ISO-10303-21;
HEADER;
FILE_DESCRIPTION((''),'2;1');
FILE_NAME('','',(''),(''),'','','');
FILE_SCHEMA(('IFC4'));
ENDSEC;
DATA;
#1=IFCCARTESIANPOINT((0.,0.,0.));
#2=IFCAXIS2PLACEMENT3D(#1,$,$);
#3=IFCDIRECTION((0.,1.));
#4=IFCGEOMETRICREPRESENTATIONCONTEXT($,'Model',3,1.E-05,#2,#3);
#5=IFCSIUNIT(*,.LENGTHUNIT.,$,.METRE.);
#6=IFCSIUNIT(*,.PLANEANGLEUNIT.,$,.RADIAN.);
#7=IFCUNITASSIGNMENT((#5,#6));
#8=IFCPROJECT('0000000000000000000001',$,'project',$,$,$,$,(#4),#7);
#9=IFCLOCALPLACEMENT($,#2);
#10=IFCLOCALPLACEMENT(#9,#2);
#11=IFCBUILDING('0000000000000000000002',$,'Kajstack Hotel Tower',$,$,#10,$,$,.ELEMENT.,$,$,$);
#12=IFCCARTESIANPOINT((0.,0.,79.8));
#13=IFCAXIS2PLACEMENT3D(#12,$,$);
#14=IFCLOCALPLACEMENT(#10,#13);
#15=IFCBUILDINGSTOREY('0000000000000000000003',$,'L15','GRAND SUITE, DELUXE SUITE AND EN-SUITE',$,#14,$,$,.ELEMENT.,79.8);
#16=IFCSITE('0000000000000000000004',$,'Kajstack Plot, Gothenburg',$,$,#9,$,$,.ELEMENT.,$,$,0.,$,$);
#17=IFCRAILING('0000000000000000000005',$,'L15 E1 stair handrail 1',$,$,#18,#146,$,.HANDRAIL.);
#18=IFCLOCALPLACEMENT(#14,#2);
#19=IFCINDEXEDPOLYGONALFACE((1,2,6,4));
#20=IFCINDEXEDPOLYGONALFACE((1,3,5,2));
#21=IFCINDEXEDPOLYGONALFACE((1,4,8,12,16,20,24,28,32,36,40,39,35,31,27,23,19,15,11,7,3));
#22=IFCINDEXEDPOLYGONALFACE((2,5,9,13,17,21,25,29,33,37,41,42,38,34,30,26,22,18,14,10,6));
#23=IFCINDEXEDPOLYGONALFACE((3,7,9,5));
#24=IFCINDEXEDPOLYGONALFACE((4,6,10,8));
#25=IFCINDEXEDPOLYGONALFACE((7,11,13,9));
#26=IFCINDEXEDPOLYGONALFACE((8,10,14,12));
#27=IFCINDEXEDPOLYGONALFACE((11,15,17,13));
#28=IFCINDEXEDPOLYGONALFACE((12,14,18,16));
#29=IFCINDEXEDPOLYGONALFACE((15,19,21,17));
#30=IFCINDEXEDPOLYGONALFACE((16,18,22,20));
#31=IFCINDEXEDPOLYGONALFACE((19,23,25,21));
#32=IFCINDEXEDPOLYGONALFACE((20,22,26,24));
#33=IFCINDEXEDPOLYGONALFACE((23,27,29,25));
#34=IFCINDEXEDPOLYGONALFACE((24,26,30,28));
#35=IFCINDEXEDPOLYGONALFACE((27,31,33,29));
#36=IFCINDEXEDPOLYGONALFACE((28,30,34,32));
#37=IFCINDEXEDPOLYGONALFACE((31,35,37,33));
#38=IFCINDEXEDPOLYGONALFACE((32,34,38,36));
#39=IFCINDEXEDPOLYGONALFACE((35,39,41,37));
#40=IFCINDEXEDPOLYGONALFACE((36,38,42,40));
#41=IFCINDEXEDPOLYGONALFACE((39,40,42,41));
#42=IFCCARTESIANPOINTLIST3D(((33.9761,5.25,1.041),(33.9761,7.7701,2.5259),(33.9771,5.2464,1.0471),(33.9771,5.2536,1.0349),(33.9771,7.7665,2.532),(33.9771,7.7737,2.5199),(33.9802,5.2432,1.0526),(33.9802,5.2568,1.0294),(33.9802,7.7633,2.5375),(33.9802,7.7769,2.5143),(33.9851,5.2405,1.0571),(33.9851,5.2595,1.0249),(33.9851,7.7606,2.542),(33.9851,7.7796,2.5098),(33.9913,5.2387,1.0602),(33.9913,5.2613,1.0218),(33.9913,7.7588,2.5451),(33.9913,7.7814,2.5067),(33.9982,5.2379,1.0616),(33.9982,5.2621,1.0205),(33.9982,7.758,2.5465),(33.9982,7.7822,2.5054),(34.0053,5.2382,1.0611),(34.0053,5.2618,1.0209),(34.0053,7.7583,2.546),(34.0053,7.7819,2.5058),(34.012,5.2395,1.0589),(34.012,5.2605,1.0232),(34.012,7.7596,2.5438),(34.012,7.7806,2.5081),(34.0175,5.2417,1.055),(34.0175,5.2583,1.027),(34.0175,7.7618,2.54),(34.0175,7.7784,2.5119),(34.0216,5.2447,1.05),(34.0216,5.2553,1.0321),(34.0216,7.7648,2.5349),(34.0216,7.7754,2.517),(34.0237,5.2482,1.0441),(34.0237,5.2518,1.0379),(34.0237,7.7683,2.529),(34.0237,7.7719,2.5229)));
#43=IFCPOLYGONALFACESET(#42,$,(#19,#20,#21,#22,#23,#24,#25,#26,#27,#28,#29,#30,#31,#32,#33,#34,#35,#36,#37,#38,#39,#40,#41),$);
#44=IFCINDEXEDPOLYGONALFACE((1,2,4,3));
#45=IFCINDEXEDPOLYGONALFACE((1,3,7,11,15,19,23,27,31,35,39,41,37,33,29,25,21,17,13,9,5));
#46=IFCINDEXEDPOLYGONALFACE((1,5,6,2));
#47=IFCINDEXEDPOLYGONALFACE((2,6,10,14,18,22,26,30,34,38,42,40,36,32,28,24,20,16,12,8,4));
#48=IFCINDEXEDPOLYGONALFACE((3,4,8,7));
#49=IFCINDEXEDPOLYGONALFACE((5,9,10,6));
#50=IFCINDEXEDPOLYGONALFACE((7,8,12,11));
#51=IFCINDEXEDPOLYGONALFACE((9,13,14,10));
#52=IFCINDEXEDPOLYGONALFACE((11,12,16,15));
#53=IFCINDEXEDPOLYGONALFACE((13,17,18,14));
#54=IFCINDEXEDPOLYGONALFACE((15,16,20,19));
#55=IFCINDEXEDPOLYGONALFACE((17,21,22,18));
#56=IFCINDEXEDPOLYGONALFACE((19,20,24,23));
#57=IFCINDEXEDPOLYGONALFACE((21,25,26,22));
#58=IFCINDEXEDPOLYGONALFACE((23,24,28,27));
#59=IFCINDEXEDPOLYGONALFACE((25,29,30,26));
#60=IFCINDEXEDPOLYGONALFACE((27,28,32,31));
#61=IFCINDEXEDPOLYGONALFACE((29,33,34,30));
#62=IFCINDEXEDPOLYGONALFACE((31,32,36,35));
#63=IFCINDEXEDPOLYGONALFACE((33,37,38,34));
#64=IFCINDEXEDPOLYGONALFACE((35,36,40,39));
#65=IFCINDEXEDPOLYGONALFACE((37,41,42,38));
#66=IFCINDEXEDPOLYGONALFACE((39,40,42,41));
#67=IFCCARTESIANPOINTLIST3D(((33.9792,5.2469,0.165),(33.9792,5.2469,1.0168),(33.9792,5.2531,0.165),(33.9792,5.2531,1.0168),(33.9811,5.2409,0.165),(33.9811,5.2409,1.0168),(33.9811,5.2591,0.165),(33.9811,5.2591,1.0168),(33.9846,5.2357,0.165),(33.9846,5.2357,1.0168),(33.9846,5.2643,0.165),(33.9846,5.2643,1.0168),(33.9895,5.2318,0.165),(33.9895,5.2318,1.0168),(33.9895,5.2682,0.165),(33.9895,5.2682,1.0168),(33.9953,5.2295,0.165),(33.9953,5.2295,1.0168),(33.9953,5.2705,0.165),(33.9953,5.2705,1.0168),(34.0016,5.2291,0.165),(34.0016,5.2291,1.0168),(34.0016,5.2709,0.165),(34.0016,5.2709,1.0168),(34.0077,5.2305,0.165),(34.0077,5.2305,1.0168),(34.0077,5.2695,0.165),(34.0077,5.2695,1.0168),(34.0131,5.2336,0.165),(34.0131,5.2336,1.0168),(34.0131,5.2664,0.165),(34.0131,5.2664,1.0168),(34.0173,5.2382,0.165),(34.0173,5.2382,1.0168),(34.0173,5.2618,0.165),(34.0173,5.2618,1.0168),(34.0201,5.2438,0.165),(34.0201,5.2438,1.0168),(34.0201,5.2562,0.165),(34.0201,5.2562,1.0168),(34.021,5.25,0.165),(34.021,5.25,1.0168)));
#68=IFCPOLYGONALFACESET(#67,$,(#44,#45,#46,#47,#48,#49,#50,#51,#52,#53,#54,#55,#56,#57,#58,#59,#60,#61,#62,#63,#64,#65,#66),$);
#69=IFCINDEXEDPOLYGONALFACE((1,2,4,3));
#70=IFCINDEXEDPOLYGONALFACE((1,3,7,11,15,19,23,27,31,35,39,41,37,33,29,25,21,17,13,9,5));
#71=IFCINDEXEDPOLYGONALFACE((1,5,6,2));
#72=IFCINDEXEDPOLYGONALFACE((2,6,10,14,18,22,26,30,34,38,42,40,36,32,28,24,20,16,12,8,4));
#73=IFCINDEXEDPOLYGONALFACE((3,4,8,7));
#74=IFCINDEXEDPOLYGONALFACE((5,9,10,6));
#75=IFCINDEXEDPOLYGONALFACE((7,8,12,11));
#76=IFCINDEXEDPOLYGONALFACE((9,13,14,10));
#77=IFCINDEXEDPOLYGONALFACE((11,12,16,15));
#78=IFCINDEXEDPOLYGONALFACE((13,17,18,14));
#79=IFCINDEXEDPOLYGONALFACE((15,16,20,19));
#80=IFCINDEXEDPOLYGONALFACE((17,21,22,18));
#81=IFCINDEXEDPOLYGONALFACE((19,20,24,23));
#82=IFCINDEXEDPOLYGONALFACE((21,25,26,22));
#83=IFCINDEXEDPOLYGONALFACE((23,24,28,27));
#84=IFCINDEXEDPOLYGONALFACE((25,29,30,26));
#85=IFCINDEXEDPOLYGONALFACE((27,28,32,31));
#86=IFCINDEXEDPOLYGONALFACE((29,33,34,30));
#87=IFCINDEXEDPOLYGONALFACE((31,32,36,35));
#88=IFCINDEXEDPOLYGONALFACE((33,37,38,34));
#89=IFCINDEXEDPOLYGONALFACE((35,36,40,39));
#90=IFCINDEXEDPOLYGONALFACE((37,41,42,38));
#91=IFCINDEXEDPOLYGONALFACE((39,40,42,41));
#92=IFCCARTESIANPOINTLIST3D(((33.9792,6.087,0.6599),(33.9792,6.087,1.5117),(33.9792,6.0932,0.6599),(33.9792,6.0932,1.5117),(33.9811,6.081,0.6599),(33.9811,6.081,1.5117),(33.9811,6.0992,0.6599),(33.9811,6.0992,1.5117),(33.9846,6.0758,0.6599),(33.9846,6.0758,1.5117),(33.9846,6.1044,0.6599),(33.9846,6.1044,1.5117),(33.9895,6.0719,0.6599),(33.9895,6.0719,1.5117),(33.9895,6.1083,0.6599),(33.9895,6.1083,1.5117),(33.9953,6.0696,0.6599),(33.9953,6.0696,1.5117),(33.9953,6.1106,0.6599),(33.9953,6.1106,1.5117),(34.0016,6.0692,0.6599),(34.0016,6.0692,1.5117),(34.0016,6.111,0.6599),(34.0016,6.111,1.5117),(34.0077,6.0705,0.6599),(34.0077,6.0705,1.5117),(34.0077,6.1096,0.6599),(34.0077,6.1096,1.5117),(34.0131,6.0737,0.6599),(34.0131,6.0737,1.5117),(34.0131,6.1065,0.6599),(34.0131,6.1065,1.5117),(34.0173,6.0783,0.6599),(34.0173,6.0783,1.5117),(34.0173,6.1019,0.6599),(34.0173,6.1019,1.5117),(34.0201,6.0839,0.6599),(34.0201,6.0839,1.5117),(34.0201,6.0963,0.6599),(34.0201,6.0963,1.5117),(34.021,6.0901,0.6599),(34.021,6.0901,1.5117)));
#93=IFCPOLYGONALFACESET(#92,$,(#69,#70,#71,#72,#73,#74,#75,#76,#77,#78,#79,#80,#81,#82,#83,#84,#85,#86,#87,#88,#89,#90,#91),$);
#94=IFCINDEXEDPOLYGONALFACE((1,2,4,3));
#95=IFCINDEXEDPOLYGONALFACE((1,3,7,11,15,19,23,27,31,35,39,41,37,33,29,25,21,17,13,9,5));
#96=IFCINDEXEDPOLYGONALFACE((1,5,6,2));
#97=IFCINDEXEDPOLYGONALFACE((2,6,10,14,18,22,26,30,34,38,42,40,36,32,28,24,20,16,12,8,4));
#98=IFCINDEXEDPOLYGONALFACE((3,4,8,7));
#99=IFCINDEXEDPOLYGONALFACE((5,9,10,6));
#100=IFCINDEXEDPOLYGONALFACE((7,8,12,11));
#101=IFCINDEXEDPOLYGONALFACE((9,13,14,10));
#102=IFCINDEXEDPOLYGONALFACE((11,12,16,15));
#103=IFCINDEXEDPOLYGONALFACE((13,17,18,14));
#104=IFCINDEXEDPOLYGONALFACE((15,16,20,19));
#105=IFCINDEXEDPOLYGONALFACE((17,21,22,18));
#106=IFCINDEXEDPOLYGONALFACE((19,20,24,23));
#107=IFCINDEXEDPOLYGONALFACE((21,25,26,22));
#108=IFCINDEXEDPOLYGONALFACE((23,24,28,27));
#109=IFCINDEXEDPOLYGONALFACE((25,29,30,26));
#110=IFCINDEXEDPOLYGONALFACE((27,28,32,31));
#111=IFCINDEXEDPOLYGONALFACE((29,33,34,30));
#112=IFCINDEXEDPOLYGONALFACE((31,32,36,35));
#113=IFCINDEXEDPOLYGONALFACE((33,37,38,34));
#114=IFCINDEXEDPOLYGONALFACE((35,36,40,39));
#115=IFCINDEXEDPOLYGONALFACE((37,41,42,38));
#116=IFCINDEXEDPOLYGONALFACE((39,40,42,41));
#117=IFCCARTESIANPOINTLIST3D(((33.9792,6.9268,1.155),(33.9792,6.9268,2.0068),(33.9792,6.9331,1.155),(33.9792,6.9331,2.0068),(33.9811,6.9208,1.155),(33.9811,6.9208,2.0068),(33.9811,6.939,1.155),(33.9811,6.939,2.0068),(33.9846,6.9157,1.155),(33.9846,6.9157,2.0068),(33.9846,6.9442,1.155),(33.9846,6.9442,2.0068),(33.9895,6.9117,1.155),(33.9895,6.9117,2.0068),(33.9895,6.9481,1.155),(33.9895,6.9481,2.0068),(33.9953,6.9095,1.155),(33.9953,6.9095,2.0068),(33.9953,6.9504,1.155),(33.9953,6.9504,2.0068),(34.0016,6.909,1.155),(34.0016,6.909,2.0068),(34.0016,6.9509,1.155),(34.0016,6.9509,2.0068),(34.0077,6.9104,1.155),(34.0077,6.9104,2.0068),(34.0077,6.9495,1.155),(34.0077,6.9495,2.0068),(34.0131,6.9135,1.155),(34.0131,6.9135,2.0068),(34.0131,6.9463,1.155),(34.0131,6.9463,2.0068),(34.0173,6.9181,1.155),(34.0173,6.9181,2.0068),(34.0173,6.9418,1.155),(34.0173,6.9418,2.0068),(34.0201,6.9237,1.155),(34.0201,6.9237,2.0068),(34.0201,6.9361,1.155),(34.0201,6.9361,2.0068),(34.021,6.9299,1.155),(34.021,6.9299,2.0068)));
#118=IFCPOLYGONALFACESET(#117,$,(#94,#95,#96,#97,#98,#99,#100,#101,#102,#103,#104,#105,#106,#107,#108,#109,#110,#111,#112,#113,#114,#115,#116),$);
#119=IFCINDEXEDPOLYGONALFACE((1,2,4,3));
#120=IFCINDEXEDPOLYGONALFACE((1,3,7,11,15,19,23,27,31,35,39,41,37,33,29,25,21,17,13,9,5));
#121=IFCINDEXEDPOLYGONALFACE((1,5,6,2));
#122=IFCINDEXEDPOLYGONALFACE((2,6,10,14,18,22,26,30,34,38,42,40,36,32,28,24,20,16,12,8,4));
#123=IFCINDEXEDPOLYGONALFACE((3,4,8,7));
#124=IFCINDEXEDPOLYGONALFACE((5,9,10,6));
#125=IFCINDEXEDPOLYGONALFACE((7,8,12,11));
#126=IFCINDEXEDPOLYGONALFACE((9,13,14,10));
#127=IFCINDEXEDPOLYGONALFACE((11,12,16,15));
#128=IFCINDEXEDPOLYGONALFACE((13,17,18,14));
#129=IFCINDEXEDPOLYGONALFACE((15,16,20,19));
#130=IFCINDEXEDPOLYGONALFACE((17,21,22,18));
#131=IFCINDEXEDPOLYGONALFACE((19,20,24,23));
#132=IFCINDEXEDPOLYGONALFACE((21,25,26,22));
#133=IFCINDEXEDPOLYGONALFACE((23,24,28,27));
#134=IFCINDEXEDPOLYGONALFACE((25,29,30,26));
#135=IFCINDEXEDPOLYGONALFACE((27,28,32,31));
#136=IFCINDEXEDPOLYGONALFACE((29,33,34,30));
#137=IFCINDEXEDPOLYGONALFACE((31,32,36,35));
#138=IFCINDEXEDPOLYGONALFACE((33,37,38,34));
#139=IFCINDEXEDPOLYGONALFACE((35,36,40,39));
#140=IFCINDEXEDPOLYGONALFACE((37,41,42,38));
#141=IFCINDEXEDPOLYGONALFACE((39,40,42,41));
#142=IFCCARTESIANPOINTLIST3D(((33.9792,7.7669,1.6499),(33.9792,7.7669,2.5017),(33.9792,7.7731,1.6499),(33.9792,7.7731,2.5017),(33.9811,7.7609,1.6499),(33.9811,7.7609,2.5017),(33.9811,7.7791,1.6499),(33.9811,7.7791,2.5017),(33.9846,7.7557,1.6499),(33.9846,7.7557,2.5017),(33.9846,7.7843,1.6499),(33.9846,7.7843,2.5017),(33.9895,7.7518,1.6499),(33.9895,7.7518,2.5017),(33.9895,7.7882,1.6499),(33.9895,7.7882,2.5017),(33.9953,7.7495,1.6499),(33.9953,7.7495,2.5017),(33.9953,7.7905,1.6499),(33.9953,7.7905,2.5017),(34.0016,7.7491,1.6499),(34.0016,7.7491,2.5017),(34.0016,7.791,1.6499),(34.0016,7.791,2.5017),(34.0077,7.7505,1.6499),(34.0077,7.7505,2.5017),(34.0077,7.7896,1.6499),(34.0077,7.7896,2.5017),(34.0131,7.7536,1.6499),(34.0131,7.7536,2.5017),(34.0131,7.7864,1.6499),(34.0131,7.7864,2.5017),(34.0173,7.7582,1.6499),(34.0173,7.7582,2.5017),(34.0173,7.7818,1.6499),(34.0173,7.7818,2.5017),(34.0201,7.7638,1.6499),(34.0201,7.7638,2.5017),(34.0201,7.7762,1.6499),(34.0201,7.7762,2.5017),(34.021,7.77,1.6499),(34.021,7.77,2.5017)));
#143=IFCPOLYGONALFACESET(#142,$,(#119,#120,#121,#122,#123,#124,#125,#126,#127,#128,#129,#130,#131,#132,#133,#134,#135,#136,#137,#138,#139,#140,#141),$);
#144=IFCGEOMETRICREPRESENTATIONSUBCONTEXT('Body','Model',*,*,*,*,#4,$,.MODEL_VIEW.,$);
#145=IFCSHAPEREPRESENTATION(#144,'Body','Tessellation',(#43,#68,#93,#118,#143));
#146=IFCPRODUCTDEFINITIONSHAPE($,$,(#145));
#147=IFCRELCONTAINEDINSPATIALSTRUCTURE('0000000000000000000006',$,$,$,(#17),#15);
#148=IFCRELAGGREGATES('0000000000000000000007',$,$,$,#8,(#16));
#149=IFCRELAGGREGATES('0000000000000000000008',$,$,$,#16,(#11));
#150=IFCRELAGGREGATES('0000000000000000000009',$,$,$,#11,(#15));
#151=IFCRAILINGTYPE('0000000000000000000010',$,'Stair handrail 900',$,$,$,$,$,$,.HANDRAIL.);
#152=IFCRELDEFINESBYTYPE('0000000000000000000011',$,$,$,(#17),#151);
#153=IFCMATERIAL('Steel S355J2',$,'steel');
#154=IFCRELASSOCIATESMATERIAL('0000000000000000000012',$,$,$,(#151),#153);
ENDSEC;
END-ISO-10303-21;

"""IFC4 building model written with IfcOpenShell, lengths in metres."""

from ifc_helpers import new_model, si_unit, direction, frame, origin, origin_2d, place, context, subcontext, project, spatial, circle, extrude, material, type_object, element, save


model = new_model("IFC4")

# Units and contexts
model_context = context("Model", 3, precision=1e-05, world=origin(), true_north=direction((0.0, 1.0)))
body_context = subcontext(model_context, "Body", "Model", "MODEL_VIEW")
ifc_project = project(units=[si_unit("LENGTHUNIT", "METRE"), si_unit("PLANEANGLEUNIT", "RADIAN")], contexts=[model_context])

# Site, building, storey
site_placement = place(None, origin())
site = spatial("IfcSite", under=ifc_project, at=site_placement, Name="Kajstack Plot, Gothenburg", CompositionType="ELEMENT", RefElevation=0.0)
building_placement = place(site_placement, origin())
building = spatial("IfcBuilding", under=site, at=building_placement, Name="Kajstack Hotel Tower", CompositionType="ELEMENT")
storey_placement = place(building_placement, frame((0.0, 0.0, 79.8)))
storey = spatial("IfcBuildingStorey", under=building, at=storey_placement, Name="L15", Description="GRAND SUITE, DELUXE SUITE AND EN-SUITE", CompositionType="ELEMENT", Elevation=79.8)

# Railing
ifc_material_1 = material(Name="Steel S355J2", Category="steel")
railing_type_1 = type_object("IfcRailingType", Name="Stair handrail 900", PredefinedType="HANDRAIL", material=ifc_material_1)
railing_1_placement = place(storey_placement, frame((34.0, 5.25, 0.165)))
element("IfcRailing", 1, at=railing_1_placement, inside=storey, type_object=railing_type_1, Name="L15 E1 stair handrail 1", PredefinedType="HANDRAIL", context=body_context, shape_type="SweptSolid", body=[
    extrude(circle(Radius=0.0239, at=origin_2d()), frame((0.0, 0.0, 0.876), z_axis=(0.0, 0.861561, 0.507655), x_axis=(-1.0, 0.0, 0.0)), (0.0, 0.0, 1.0), 2.925),
    extrude(circle(Radius=0.021, at=origin_2d()), origin(), (0.0, 0.0, 1.0), 0.8518),
    extrude(circle(Radius=0.021, at=origin_2d()), frame((0.0, 0.8401, 0.4949)), (0.0, 0.0, 1.0), 0.8518),
    extrude(circle(Radius=0.021, at=origin_2d()), frame((0.0, 1.6799, 0.99)), (0.0, 0.0, 1.0), 0.8518),
    extrude(circle(Radius=0.021, at=origin_2d()), frame((0.0, 2.52, 1.4849)), (0.0, 0.0, 1.0), 0.8518),
])

save(model, "model.ifc")
